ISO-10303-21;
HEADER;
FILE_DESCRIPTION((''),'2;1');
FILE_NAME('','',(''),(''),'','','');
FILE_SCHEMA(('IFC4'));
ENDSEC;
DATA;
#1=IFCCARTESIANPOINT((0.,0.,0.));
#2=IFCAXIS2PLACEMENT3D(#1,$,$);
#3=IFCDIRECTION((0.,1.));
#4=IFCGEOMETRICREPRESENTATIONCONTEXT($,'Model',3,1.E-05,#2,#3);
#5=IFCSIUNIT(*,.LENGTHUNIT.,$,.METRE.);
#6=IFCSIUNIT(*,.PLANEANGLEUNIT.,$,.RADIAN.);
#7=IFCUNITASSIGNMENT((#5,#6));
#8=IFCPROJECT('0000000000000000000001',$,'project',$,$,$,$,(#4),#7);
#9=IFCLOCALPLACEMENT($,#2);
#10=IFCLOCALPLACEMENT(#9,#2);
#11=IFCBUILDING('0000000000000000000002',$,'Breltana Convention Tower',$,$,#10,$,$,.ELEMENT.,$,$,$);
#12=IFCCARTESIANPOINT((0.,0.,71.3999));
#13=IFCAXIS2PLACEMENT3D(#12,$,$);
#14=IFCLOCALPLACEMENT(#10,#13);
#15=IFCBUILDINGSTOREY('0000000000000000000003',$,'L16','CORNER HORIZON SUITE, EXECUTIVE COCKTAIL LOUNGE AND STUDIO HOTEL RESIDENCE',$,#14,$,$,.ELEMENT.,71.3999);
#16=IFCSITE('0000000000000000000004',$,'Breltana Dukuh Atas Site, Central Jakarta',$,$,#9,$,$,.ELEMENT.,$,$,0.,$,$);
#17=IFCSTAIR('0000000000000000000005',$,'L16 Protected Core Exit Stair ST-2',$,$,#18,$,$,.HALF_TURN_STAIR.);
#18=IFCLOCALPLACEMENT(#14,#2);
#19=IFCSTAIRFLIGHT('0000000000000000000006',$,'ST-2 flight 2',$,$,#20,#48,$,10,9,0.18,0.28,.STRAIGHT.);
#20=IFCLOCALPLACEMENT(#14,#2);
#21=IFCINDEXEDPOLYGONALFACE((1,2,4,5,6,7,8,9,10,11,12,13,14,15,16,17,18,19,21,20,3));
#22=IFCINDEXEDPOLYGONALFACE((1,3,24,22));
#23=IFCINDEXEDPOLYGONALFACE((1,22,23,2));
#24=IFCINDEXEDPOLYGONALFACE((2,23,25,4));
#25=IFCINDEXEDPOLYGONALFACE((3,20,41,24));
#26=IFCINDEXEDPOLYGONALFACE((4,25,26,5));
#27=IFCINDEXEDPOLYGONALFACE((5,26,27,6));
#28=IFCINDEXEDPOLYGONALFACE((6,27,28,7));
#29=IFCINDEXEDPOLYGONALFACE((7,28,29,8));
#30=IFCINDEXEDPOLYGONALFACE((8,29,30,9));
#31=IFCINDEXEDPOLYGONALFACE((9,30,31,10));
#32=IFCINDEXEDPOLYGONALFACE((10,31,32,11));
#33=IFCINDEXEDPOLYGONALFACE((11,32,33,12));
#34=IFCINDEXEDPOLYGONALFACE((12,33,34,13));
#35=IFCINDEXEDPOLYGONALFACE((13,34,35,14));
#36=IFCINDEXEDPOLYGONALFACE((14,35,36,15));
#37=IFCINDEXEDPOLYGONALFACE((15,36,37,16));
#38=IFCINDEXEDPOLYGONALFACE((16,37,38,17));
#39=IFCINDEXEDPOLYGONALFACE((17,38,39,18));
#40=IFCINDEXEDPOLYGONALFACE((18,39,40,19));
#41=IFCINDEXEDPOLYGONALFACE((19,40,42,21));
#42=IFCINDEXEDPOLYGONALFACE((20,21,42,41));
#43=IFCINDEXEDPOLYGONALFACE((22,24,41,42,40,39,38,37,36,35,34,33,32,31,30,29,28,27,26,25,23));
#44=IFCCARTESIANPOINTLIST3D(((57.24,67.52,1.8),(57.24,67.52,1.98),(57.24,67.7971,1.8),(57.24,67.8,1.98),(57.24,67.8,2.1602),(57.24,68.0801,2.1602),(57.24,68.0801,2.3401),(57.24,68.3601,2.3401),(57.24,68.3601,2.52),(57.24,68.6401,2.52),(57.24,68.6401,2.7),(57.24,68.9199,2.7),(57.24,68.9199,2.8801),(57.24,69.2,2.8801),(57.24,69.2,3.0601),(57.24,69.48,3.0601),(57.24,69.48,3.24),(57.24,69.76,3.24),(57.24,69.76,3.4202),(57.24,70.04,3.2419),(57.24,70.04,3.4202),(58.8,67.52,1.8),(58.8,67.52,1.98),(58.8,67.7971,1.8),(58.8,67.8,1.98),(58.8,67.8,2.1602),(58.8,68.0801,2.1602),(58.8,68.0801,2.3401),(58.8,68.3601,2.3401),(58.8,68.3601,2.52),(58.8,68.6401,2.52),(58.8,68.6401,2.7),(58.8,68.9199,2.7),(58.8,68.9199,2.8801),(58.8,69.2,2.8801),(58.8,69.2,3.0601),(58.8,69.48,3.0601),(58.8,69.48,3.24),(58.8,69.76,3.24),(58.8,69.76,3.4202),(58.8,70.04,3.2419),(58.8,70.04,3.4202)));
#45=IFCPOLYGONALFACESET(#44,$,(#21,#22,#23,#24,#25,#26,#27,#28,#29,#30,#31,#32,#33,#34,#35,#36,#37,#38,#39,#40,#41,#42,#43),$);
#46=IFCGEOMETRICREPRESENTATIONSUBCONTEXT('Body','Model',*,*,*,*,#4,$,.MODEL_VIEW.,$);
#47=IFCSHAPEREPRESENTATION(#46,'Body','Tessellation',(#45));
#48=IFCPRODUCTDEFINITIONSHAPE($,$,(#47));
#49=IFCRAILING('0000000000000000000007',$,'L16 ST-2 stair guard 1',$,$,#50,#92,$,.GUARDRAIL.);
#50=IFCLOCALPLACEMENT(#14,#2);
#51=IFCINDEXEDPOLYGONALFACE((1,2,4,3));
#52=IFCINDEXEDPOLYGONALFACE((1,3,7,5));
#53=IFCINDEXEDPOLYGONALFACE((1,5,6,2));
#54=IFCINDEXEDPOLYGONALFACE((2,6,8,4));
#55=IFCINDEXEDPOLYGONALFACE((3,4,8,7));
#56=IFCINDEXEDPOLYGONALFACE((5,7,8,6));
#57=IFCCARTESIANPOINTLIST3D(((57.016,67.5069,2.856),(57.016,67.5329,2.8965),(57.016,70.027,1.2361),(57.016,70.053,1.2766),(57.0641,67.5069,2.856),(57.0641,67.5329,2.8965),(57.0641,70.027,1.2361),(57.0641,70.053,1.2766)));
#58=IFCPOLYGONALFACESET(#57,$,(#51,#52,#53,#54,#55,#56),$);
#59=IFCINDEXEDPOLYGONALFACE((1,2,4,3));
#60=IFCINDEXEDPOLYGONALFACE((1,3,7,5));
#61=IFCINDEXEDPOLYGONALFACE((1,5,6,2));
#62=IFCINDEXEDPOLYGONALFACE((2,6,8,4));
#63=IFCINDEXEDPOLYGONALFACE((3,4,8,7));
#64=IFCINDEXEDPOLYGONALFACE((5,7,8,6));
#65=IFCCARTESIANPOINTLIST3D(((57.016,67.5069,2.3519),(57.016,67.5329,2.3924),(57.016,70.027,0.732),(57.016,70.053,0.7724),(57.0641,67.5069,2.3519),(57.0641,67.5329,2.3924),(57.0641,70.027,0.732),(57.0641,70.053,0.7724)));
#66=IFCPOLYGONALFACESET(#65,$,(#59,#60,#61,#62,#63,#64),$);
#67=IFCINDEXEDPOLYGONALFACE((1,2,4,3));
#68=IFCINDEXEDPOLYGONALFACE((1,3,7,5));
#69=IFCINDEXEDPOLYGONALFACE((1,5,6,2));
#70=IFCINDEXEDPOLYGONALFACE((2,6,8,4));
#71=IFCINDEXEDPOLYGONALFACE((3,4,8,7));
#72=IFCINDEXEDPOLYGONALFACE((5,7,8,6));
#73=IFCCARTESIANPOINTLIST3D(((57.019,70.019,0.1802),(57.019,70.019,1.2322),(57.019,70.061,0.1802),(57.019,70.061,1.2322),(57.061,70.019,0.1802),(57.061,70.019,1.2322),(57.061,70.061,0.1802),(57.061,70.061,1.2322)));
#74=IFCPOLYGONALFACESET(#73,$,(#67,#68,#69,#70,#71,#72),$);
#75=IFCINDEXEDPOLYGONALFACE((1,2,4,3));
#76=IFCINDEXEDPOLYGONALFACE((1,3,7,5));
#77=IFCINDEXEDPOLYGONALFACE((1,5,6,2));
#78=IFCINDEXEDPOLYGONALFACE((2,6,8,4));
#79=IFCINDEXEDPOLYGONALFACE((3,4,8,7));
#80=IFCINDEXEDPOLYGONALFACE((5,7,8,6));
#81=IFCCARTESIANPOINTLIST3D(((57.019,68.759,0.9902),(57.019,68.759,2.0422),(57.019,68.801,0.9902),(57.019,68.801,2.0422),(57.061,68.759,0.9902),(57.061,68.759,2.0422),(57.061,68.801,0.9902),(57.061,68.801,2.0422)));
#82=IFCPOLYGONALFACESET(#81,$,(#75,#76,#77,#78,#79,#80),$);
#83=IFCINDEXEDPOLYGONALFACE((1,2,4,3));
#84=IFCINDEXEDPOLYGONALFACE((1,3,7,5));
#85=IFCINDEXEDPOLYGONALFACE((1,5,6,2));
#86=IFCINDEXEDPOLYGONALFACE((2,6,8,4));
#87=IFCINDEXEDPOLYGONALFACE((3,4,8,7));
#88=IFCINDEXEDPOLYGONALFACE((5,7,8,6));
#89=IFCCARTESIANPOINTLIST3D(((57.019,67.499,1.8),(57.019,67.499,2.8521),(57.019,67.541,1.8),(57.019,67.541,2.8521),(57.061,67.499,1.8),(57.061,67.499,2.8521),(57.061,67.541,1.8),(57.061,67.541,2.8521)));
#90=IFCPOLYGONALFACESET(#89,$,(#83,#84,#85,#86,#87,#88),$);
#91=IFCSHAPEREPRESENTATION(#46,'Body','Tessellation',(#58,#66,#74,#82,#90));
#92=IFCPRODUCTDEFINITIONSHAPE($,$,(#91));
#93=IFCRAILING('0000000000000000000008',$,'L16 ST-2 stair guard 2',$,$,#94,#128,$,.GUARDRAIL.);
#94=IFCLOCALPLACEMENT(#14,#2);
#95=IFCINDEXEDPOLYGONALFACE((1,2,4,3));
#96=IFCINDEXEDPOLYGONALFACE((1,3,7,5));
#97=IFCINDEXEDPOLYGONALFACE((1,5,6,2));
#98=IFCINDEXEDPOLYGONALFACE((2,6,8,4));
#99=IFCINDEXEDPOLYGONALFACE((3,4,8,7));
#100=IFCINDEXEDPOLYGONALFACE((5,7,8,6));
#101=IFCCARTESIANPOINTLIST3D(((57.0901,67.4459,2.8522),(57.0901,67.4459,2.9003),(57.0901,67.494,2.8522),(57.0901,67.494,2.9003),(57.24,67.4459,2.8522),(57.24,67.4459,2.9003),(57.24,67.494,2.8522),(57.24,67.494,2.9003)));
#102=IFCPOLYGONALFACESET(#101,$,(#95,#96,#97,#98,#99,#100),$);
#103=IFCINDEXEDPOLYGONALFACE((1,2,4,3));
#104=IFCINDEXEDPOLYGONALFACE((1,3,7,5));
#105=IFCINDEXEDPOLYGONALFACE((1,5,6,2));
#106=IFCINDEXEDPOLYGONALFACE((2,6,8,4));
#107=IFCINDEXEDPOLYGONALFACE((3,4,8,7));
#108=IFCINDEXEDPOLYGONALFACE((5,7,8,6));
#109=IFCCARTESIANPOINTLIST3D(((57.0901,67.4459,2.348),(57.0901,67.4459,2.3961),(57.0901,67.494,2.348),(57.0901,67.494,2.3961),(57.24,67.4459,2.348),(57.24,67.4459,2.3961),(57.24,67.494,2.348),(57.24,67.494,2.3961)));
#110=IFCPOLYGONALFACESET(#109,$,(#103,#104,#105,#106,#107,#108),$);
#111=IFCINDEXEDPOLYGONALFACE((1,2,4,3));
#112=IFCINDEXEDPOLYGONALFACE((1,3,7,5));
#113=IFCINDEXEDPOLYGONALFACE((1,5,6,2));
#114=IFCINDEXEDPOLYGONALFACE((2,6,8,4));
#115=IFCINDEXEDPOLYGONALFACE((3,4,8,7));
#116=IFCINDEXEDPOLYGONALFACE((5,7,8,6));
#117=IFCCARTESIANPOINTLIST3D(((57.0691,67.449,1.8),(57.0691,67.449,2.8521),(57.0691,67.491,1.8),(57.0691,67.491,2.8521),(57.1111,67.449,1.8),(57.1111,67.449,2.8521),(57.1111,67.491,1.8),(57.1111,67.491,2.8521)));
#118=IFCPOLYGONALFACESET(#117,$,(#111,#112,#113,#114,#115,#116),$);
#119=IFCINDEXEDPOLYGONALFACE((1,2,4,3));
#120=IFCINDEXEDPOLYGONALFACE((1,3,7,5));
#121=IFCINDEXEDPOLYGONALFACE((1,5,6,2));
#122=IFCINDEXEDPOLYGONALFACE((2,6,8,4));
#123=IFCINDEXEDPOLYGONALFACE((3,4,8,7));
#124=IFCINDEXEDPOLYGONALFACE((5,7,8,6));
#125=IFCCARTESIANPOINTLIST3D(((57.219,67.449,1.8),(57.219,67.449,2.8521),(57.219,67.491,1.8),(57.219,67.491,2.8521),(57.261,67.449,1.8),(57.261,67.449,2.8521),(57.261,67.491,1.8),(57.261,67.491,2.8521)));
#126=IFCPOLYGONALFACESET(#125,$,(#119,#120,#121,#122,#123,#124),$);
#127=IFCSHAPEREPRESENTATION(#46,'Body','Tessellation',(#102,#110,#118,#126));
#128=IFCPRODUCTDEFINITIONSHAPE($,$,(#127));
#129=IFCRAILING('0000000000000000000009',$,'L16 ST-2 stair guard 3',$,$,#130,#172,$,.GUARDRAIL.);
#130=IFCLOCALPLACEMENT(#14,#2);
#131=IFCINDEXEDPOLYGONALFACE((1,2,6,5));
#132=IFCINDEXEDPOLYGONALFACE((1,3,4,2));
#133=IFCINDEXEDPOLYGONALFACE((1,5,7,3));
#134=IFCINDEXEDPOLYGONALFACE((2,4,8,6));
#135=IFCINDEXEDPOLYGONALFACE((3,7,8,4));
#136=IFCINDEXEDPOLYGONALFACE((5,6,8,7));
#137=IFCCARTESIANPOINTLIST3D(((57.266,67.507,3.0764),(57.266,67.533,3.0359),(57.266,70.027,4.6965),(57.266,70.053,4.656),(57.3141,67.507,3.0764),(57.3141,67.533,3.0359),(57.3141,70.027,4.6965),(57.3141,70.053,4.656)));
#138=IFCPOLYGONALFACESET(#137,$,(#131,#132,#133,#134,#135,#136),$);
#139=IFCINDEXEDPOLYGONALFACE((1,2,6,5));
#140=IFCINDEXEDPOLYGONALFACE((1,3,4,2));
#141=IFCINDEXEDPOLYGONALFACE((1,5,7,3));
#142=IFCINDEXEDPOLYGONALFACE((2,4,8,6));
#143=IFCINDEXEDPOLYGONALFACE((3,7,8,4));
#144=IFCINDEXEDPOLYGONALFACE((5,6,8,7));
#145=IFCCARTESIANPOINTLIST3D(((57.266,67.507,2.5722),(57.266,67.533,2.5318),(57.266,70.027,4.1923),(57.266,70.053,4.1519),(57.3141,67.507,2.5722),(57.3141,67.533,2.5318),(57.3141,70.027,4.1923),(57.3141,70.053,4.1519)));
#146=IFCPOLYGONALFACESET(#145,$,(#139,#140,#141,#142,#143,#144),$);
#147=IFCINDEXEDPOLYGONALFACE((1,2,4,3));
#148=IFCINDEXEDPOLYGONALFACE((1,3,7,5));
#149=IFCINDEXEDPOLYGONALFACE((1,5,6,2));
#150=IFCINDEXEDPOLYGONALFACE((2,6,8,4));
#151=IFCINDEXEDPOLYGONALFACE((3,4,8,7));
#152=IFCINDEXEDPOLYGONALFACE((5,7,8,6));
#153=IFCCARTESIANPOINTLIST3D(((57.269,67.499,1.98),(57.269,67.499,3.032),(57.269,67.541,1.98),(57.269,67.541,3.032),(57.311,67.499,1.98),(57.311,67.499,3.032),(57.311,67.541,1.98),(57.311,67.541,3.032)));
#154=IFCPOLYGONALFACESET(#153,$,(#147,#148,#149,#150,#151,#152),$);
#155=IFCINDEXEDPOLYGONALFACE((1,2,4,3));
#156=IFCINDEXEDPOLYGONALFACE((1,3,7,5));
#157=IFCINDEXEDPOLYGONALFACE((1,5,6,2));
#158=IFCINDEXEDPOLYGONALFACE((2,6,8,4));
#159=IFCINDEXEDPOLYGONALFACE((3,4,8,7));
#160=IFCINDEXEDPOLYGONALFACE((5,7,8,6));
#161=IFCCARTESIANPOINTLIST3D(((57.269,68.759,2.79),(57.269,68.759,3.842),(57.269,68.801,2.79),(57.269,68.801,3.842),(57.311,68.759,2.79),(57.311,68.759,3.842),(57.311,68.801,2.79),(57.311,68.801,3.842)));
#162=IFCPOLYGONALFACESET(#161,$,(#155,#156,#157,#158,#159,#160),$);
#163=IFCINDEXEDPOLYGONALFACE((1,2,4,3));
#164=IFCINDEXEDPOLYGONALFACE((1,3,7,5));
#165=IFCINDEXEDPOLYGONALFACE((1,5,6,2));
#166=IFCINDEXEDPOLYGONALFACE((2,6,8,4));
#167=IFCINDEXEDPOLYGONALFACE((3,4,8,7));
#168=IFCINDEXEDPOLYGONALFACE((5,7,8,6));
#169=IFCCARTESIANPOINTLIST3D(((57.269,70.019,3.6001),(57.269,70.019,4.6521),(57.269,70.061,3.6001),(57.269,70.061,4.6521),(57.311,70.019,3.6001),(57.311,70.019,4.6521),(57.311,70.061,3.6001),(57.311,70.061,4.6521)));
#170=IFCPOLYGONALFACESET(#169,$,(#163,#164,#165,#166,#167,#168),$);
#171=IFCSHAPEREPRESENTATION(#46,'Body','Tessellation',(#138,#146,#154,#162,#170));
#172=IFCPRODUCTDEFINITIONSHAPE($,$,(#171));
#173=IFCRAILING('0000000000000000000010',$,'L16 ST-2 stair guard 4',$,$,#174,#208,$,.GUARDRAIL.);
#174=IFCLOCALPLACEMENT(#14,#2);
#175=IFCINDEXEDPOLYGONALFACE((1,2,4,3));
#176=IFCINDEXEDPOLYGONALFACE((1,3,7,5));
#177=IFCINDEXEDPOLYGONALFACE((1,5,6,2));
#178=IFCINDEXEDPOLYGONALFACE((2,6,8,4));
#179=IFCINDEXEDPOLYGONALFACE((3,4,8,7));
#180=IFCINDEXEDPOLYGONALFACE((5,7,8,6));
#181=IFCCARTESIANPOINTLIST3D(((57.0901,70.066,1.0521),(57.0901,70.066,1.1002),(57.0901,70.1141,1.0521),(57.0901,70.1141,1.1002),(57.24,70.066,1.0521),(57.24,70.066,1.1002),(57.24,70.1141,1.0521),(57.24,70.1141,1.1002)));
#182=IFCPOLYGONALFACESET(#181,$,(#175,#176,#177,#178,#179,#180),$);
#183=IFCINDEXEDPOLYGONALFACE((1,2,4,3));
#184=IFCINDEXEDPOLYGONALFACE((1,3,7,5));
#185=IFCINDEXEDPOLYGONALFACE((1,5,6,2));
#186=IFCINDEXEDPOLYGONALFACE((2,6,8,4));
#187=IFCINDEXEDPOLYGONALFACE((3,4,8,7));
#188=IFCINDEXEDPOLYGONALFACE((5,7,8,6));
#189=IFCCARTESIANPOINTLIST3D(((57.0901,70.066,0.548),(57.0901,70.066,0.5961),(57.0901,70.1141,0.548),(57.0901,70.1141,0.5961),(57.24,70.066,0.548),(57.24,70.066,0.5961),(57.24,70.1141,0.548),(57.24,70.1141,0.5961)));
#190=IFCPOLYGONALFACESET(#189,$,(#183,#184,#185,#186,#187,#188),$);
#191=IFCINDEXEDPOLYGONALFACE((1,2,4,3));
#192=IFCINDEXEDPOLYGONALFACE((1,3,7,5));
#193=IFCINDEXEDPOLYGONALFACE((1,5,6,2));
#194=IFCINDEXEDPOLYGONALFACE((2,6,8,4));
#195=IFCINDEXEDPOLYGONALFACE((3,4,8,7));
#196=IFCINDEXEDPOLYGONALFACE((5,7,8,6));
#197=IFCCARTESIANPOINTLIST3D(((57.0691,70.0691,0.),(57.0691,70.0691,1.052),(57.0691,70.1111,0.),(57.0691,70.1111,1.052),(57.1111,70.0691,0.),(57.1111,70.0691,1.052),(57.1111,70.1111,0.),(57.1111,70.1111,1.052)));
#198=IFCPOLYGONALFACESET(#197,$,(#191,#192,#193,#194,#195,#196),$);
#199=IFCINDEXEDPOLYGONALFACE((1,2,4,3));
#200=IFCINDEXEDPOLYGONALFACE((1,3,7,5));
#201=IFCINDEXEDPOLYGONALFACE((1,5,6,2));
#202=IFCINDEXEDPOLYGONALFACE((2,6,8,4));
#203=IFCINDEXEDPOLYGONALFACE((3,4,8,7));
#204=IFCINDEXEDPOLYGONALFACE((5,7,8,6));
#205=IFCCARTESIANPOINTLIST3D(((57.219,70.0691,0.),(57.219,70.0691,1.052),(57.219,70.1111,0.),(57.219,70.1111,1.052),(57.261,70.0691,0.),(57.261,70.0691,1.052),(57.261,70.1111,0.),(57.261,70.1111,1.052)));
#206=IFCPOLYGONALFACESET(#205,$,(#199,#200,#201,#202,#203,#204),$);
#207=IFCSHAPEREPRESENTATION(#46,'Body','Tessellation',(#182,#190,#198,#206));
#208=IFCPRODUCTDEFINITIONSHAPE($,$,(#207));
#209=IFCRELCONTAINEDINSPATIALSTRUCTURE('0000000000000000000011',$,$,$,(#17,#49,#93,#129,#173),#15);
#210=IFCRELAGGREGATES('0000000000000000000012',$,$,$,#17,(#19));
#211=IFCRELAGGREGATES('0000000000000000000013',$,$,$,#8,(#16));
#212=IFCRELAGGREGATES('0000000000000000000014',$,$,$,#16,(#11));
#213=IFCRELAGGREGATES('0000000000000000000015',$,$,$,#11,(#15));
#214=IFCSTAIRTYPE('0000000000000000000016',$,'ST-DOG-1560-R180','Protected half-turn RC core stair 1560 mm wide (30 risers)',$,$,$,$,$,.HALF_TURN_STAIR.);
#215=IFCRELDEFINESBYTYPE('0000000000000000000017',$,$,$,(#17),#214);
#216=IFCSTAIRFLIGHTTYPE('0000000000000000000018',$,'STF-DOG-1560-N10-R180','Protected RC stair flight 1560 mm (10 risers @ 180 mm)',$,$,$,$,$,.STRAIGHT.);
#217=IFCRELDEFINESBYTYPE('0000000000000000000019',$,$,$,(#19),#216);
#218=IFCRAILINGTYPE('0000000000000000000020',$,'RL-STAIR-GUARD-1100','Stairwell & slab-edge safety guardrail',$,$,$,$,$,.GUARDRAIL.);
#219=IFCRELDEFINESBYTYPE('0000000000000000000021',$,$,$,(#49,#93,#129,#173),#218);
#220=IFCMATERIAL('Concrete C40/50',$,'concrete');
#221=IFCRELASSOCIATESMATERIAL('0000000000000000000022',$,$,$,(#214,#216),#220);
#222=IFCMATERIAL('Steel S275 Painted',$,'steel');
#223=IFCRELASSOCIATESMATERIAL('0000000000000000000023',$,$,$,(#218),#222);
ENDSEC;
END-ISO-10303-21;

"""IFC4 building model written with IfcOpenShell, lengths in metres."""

from ifc_helpers import new_model, si_unit, direction, frame, origin, origin_2d, place, context, subcontext, project, spatial, polyline, rectangle, outline, extrude, material, type_object, element, aggregate, save


model = new_model("IFC4")

# Units and contexts
model_context = context("Model", 3, precision=1e-05, world=origin(), true_north=direction((0.0, 1.0)))
body_context = subcontext(model_context, "Body", "Model", "MODEL_VIEW")
ifc_project = project(units=[si_unit("LENGTHUNIT", "METRE"), si_unit("PLANEANGLEUNIT", "RADIAN")], contexts=[model_context])

# Site, building, storey
site_placement = place(None, origin())
site = spatial("IfcSite", under=ifc_project, at=site_placement, Name="Breltana Dukuh Atas Site, Central Jakarta", CompositionType="ELEMENT", RefElevation=0.0)
building_placement = place(site_placement, origin())
building = spatial("IfcBuilding", under=site, at=building_placement, Name="Breltana Convention Tower", CompositionType="ELEMENT")
storey_placement = place(building_placement, frame((0.0, 0.0, 71.3999)))
storey = spatial("IfcBuildingStorey", under=building, at=storey_placement, Name="L16", Description="CORNER HORIZON SUITE, EXECUTIVE COCKTAIL LOUNGE AND STUDIO HOTEL RESIDENCE", CompositionType="ELEMENT", Elevation=71.3999)

# Stair, stair flight
ifc_material_1 = material(Name="Concrete C40/50", Category="concrete")
stair_type = type_object("IfcStairType", Name="ST-DOG-1560-R180", Description="Protected half-turn RC core stair 1560 mm wide (30 risers)", PredefinedType="HALF_TURN_STAIR", material=ifc_material_1)
stair_placement = place(storey_placement, origin())
stair = element("IfcStair", 1, at=stair_placement, inside=storey, type_object=stair_type, Name="L16 Protected Core Exit Stair ST-2", PredefinedType="HALF_TURN_STAIR")
stair_flight_type = type_object("IfcStairFlightType", Name="STF-DOG-1560-N10-R180", Description="Protected RC stair flight 1560 mm (10 risers @ 180 mm)", PredefinedType="STRAIGHT", material=ifc_material_1)
stair_flight_1_placement = place(storey_placement, frame((58.02, 67.52, 1.8), z_axis=(0.0, 0.0, 1.0), x_axis=(0.0, 1.0, 0.0)))
stair_flight_1 = element("IfcStairFlight", 2, at=stair_flight_1_placement, type_object=stair_flight_type, Name="ST-2 flight 2", NumberOfRisers=10, NumberOfTreads=9, PredefinedType="STRAIGHT", RiserHeight=0.18, TreadLength=0.28, context=body_context, shape_type="SweptSolid", body=[
    extrude(outline(polyline([(0.0, 0.0), (0.0, 0.1799), (0.28, 0.1799), (0.28, 0.3601), (0.5601, 0.3601), (0.5601, 0.54), (0.8401, 0.54), (0.8401, 0.72), (1.1201, 0.72), (1.1201, 0.8999), (1.3999, 0.8999), (1.3999, 1.0801), (1.6799, 1.0801), (1.6799, 1.26), (1.96, 1.26), (1.96, 1.4399), (2.24, 1.4399), (2.24, 1.6201), (2.52, 1.6201), (2.52, 1.8), (2.52, 1.4419), (0.2771, 0.0), (0.0, 0.0)])), frame((0.0, 0.78, 0.0), z_axis=(0.0, -1.0, 0.0), x_axis=(1.0, 0.0, 0.0)), (0.0, 0.0, 1.0), 1.5601),
])
aggregate(stair, [stair_flight_1])

# Railings
ifc_material_2 = material(Name="Steel S275 Painted", Category="steel")
railing_type_1 = type_object("IfcRailingType", Name="RL-STAIR-GUARD-1100", Description="Stairwell & slab-edge safety guardrail", PredefinedType="GUARDRAIL", material=ifc_material_2)
railing_1_placement = place(storey_placement, frame((57.04, 70.04, 0.1802)))
element("IfcRailing", 3, at=railing_1_placement, inside=storey, type_object=railing_type_1, Name="L16 ST-2 stair guard 1", PredefinedType="GUARDRAIL", context=body_context, shape_type="SweptSolid", body=[
    extrude(rectangle(XDim=0.0481, YDim=0.0481, at=origin_2d()), frame((0.0, 0.0, 1.0762), z_axis=(0.0, -0.8412, 0.540725), x_axis=(1.0, 0.0, 0.0)), (0.0, 0.0, 1.0), 2.9958),
    extrude(rectangle(XDim=0.0481, YDim=0.0481, at=origin_2d()), frame((0.0, 0.0, 0.572), z_axis=(0.0, -0.8412, 0.540725), x_axis=(1.0, 0.0, 0.0)), (0.0, 0.0, 1.0), 2.9958),
    extrude(rectangle(XDim=0.042, YDim=0.042, at=origin_2d()), origin(), (0.0, 0.0, 1.0), 1.052),
    extrude(rectangle(XDim=0.042, YDim=0.042, at=origin_2d()), frame((0.0, -1.26, 0.8101)), (0.0, 0.0, 1.0), 1.052),
    extrude(rectangle(XDim=0.042, YDim=0.042, at=origin_2d()), frame((0.0, -2.52, 1.6199)), (0.0, 0.0, 1.0), 1.052),
])
railing_2_placement = place(storey_placement, frame((57.0901, 67.47, 1.8)))
element("IfcRailing", 4, at=railing_2_placement, inside=storey, type_object=railing_type_1, Name="L16 ST-2 stair guard 2", PredefinedType="GUARDRAIL", context=body_context, shape_type="SweptSolid", body=[
    extrude(rectangle(XDim=0.0481, YDim=0.0481, at=origin_2d()), frame((0.0, 0.0, 1.0762), z_axis=(1.0, 0.0, 0.0), x_axis=(0.0, 1.0, 0.0)), (0.0, 0.0, 1.0), 0.1499),
    extrude(rectangle(XDim=0.0481, YDim=0.0481, at=origin_2d()), frame((0.0, 0.0, 0.572), z_axis=(1.0, 0.0, 0.0), x_axis=(0.0, 1.0, 0.0)), (0.0, 0.0, 1.0), 0.1499),
    extrude(rectangle(XDim=0.042, YDim=0.042, at=origin_2d()), origin(), (0.0, 0.0, 1.0), 1.052),
    extrude(rectangle(XDim=0.042, YDim=0.042, at=origin_2d()), frame((0.1499, 0.0, 0.0)), (0.0, 0.0, 1.0), 1.052),
])
railing_3_placement = place(storey_placement, frame((57.29, 67.52, 1.98)))
element("IfcRailing", 5, at=railing_3_placement, inside=storey, type_object=railing_type_1, Name="L16 ST-2 stair guard 3", PredefinedType="GUARDRAIL", context=body_context, shape_type="SweptSolid", body=[
    extrude(rectangle(XDim=0.0481, YDim=0.0481, at=origin_2d()), frame((0.0, 0.0, 1.0762), z_axis=(0.0, 0.841163, 0.540782), x_axis=(-1.0, 0.0, 0.0)), (0.0, 0.0, 1.0), 2.9958),
    extrude(rectangle(XDim=0.0481, YDim=0.0481, at=origin_2d()), frame((0.0, 0.0, 0.572), z_axis=(0.0, 0.841163, 0.540782), x_axis=(-1.0, 0.0, 0.0)), (0.0, 0.0, 1.0), 2.9958),
    extrude(rectangle(XDim=0.042, YDim=0.042, at=origin_2d()), origin(), (0.0, 0.0, 1.0), 1.052),
    extrude(rectangle(XDim=0.042, YDim=0.042, at=origin_2d()), frame((0.0, 1.26, 0.8101)), (0.0, 0.0, 1.0), 1.052),
    extrude(rectangle(XDim=0.042, YDim=0.042, at=origin_2d()), frame((0.0, 2.52, 1.6201)), (0.0, 0.0, 1.0), 1.052),
])
railing_4_placement = place(storey_placement, frame((57.0901, 70.0901, 0.0)))
element("IfcRailing", 6, at=railing_4_placement, inside=storey, type_object=railing_type_1, Name="L16 ST-2 stair guard 4", PredefinedType="GUARDRAIL", context=body_context, shape_type="SweptSolid", body=[
    extrude(rectangle(XDim=0.0481, YDim=0.0481, at=origin_2d()), frame((0.0, 0.0, 1.0762), z_axis=(1.0, 0.0, 0.0), x_axis=(0.0, 1.0, 0.0)), (0.0, 0.0, 1.0), 0.1499),
    extrude(rectangle(XDim=0.0481, YDim=0.0481, at=origin_2d()), frame((0.0, 0.0, 0.572), z_axis=(1.0, 0.0, 0.0), x_axis=(0.0, 1.0, 0.0)), (0.0, 0.0, 1.0), 0.1499),
    extrude(rectangle(XDim=0.042, YDim=0.042, at=origin_2d()), origin(), (0.0, 0.0, 1.0), 1.052),
    extrude(rectangle(XDim=0.042, YDim=0.042, at=origin_2d()), frame((0.1499, 0.0, 0.0)), (0.0, 0.0, 1.0), 1.052),
])

save(model, "model.ifc")
